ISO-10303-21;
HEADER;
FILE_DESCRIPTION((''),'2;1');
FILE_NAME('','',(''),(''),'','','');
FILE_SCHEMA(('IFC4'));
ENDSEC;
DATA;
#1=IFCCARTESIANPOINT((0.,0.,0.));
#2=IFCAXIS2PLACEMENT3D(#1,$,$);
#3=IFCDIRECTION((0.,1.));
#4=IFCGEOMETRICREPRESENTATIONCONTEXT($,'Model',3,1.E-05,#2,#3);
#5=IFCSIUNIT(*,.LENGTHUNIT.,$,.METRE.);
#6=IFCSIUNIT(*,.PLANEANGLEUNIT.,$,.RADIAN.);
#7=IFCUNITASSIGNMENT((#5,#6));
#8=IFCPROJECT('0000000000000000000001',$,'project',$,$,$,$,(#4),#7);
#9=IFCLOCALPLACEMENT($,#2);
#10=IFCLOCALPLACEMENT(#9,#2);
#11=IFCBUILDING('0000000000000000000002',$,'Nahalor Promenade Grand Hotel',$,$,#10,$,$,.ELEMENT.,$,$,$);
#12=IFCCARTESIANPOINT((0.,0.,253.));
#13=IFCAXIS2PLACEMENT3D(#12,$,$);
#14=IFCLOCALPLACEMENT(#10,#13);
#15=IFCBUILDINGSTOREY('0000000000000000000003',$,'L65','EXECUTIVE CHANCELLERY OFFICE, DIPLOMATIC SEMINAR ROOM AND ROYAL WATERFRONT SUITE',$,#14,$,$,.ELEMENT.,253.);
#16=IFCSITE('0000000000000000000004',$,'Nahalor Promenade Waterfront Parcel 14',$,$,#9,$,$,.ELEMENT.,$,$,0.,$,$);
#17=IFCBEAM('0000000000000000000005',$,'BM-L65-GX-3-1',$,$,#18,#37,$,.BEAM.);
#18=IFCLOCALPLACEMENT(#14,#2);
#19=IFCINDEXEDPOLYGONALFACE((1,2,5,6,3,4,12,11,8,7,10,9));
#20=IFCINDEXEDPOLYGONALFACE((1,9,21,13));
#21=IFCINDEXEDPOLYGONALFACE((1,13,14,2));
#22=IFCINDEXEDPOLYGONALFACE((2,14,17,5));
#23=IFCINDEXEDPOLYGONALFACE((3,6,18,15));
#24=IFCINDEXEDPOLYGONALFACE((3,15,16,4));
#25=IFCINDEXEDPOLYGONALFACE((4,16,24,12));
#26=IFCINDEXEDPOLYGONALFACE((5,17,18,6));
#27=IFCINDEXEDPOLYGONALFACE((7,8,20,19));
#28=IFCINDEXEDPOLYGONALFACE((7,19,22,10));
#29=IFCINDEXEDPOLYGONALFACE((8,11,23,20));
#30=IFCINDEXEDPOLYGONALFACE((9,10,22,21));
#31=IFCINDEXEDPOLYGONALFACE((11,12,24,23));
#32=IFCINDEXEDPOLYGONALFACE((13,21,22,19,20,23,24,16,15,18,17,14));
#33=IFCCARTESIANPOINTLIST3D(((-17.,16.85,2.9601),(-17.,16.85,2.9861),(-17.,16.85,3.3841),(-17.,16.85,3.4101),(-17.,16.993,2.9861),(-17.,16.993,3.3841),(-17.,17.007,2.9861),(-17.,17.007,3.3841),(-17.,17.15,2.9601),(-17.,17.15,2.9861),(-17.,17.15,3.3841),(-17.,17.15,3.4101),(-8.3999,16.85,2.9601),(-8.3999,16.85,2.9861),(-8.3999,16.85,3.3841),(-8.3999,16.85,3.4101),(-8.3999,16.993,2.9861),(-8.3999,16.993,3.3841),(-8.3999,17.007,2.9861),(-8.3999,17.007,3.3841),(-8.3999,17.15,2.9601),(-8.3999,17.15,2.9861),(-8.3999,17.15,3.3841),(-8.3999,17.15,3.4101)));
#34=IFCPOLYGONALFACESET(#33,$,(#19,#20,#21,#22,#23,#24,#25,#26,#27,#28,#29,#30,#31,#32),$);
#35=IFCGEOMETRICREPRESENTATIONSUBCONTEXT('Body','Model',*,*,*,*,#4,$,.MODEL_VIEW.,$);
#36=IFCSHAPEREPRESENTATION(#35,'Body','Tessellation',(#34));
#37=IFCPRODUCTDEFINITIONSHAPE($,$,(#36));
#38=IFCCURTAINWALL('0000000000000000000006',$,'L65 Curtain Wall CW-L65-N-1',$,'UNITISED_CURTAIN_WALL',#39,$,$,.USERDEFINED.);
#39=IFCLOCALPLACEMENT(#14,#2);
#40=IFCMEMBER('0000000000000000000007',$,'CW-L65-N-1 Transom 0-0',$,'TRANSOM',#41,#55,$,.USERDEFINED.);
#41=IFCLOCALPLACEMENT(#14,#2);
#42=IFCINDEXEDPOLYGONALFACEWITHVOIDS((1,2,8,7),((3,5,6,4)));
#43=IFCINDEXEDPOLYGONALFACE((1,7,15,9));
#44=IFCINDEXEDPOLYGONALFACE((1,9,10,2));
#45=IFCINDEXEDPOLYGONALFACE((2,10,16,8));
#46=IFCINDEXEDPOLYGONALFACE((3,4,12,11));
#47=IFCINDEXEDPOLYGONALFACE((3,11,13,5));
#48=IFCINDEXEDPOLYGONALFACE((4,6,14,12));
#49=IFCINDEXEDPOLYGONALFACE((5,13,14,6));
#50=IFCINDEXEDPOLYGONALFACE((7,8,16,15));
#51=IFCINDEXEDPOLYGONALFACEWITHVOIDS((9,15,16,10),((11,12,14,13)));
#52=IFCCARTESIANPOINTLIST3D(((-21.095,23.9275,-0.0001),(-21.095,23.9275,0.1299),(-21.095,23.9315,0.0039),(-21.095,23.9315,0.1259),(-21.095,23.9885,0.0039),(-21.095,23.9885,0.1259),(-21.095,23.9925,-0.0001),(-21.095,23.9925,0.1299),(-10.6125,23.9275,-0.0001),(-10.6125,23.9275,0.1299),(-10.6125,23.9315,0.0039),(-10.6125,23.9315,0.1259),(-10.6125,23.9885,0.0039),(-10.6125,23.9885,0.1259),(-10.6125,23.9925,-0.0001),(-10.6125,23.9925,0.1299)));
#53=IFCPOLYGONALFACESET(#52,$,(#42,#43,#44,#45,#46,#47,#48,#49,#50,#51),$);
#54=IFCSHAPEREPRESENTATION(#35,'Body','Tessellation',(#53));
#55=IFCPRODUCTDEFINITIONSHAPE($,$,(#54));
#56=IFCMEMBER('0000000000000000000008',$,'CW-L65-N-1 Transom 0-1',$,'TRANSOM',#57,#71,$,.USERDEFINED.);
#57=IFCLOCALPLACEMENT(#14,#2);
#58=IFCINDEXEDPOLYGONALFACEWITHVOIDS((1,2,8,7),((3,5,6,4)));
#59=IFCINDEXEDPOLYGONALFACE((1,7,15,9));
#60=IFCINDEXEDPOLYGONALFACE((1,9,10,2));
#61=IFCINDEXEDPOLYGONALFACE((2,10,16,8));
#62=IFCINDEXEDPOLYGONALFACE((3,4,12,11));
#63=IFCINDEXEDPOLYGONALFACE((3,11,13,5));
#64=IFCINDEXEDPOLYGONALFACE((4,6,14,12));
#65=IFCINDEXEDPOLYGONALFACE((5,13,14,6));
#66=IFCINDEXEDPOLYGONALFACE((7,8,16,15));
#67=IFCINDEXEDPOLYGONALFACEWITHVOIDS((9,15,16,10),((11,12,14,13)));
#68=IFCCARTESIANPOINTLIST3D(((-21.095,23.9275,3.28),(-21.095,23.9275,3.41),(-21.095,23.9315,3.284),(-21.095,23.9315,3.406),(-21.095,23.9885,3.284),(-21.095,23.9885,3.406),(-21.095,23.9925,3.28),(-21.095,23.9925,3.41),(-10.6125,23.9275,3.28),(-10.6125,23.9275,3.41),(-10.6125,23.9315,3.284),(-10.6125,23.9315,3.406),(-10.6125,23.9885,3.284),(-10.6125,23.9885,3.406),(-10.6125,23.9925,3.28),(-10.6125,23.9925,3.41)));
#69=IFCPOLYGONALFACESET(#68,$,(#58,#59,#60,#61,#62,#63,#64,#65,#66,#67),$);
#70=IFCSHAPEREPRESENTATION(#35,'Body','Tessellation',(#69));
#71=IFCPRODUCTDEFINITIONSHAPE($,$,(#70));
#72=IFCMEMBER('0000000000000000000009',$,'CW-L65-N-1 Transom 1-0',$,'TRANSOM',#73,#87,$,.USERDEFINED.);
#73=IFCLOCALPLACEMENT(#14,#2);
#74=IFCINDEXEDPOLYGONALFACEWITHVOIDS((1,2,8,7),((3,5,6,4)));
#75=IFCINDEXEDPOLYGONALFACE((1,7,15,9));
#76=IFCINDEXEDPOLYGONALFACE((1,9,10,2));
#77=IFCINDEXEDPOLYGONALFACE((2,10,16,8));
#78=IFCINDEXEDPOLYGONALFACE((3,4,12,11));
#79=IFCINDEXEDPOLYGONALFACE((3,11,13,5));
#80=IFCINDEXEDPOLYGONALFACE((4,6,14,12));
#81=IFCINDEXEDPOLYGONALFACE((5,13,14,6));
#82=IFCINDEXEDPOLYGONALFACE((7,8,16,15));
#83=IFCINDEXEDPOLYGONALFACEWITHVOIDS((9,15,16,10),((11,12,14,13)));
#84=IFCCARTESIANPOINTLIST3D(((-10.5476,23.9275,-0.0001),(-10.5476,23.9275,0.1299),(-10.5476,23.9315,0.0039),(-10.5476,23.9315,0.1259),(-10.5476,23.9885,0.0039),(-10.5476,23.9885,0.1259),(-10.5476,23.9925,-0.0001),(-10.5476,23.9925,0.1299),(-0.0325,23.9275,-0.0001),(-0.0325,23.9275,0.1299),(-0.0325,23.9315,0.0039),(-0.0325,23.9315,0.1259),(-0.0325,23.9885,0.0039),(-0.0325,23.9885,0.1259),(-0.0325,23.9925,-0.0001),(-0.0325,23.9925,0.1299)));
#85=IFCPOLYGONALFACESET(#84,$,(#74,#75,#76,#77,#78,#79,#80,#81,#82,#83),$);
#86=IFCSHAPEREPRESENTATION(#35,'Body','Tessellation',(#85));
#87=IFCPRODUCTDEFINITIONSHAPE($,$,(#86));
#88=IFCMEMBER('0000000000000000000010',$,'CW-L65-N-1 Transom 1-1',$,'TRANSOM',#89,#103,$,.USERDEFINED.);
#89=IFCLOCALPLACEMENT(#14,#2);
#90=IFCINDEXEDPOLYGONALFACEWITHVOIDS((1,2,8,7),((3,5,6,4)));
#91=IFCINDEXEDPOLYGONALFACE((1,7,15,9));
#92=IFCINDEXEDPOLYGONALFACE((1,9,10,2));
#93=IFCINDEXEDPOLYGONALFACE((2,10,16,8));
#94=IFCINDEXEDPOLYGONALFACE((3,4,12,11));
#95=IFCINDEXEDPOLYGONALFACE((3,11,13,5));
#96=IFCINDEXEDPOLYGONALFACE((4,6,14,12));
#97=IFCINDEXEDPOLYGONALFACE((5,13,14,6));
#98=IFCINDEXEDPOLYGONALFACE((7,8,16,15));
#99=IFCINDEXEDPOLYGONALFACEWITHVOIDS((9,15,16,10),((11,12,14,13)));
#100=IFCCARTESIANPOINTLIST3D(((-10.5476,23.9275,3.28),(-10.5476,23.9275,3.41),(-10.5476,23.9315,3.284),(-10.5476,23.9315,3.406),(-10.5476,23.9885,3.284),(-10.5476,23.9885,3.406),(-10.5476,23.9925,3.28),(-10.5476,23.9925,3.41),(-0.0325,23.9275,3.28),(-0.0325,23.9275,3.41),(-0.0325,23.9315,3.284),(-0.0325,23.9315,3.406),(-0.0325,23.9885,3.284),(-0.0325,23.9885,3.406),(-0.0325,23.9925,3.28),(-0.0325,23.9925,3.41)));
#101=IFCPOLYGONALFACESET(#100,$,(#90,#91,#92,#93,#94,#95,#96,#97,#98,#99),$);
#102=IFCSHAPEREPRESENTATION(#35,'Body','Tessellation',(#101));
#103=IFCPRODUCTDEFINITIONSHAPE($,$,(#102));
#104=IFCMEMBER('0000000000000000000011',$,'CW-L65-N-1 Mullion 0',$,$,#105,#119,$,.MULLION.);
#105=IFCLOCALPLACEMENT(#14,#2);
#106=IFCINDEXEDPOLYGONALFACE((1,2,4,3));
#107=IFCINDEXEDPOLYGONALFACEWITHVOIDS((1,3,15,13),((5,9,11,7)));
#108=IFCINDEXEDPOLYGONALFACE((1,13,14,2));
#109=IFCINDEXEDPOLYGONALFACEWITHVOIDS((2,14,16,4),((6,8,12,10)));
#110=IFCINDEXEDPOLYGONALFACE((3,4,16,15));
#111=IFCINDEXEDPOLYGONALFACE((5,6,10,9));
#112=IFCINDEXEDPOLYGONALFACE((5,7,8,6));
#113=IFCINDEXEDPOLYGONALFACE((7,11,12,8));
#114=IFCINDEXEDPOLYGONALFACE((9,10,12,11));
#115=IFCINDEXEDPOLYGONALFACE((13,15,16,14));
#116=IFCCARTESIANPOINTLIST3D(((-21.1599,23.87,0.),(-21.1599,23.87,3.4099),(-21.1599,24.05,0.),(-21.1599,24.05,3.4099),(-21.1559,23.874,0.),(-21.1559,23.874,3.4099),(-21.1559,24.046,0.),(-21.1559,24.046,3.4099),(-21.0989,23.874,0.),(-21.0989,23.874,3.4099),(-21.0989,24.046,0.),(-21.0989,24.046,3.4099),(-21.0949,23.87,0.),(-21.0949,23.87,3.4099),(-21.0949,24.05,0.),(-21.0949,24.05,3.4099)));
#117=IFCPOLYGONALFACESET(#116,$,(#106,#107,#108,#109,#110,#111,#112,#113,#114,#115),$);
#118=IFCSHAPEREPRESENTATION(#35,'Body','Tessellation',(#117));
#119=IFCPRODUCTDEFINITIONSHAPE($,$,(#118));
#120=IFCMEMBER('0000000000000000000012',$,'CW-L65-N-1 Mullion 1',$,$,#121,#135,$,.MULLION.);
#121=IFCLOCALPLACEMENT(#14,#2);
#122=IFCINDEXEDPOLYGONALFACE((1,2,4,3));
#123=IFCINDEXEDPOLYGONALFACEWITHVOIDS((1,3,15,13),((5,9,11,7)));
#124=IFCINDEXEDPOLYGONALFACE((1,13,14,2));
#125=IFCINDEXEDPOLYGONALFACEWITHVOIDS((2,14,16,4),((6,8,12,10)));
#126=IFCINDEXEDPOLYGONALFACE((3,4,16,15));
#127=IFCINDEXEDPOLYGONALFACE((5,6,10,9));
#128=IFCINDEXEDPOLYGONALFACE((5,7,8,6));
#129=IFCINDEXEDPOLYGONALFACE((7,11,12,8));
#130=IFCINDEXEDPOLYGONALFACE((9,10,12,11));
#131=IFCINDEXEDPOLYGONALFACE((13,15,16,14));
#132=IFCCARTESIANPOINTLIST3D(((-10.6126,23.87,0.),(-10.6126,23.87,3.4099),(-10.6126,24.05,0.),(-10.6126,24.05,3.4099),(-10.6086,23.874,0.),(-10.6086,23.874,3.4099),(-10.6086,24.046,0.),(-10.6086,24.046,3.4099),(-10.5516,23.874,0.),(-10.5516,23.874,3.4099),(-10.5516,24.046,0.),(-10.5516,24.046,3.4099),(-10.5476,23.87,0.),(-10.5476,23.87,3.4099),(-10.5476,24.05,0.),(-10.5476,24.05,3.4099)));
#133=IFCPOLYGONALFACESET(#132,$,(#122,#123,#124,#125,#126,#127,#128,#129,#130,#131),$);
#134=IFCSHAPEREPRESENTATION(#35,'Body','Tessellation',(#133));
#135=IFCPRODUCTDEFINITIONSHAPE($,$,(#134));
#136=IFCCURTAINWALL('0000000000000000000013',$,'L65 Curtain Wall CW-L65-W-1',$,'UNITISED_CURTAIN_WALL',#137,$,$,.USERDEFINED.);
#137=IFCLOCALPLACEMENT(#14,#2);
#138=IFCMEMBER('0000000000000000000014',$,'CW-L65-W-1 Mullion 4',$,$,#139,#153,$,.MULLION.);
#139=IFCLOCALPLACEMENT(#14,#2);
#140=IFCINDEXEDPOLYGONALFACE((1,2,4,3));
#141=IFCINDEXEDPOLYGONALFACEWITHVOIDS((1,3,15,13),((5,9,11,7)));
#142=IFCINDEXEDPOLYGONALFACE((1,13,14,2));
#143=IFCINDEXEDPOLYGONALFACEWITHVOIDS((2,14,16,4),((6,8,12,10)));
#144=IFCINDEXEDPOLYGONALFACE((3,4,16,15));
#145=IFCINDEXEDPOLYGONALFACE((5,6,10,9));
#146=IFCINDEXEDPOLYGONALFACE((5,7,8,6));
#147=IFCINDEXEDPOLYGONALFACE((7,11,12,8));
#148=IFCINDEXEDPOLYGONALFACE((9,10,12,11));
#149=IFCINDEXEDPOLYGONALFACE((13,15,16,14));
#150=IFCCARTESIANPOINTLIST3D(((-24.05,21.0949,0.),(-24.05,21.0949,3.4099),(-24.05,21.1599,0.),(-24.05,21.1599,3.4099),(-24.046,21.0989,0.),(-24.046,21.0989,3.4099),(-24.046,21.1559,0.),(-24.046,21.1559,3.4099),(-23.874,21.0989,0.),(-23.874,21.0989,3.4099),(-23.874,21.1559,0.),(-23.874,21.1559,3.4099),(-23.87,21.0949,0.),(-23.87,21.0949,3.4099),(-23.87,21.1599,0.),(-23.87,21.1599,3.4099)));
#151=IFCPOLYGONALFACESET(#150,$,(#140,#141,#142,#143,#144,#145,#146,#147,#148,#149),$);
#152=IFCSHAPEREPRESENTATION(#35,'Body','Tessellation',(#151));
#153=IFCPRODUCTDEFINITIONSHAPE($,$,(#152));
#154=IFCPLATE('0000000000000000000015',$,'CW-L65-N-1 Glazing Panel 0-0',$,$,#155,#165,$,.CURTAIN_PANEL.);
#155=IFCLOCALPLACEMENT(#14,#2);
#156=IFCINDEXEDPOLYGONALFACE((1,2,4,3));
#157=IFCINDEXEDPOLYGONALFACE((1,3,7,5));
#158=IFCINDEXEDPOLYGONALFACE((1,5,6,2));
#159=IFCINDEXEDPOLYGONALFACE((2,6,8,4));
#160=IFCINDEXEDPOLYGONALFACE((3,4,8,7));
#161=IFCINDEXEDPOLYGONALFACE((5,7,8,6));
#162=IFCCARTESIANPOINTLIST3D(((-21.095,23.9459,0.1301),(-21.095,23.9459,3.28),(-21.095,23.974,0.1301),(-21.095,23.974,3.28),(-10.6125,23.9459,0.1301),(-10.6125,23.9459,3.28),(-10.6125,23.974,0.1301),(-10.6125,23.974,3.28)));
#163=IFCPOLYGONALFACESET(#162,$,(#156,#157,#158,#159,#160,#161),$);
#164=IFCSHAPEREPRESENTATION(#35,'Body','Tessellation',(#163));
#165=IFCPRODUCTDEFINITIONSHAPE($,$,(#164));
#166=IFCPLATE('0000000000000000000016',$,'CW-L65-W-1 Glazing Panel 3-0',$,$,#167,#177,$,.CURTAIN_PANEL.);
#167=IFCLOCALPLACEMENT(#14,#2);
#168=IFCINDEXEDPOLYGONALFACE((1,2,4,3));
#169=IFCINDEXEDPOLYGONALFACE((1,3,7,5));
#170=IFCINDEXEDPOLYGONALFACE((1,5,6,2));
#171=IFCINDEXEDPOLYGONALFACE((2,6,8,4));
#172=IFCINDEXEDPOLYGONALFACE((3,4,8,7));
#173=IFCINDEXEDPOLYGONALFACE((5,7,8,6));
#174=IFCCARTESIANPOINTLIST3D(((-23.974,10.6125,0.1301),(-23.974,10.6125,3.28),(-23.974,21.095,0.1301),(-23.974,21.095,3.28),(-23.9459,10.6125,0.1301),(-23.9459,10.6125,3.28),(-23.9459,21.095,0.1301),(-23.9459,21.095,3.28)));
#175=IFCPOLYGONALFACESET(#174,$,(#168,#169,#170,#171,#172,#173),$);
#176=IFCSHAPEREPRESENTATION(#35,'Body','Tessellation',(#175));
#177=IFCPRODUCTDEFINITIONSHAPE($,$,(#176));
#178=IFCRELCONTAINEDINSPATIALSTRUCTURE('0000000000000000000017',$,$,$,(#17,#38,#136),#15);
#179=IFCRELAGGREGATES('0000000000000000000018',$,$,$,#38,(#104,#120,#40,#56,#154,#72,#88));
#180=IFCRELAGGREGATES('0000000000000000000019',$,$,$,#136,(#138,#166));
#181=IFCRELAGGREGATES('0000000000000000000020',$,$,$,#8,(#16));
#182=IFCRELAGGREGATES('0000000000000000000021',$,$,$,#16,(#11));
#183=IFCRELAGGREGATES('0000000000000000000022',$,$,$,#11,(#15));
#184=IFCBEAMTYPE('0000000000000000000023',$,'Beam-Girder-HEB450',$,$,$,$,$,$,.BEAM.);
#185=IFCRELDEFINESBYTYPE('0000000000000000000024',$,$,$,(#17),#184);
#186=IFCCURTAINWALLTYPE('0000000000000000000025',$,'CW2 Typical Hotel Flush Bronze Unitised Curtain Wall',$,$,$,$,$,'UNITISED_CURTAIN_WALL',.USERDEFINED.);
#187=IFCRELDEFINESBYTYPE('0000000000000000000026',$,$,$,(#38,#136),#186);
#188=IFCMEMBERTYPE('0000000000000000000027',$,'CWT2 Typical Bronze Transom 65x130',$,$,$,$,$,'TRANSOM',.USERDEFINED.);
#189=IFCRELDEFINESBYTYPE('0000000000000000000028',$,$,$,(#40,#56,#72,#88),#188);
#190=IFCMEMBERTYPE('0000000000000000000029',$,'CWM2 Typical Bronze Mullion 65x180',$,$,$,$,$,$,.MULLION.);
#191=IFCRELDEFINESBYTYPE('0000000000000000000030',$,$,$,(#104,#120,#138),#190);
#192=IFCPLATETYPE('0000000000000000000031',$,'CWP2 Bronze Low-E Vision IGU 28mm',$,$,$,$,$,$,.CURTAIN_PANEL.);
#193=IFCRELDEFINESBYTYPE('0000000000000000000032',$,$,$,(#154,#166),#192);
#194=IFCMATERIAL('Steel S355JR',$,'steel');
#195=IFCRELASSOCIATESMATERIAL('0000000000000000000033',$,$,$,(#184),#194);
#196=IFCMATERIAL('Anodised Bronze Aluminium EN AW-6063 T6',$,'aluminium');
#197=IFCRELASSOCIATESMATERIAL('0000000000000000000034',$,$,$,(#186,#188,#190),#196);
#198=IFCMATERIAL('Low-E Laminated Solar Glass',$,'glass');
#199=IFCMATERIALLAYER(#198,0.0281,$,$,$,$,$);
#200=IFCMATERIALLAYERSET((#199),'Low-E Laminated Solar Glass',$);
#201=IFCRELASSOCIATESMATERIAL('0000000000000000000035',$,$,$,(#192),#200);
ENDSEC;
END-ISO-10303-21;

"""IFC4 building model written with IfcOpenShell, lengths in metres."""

from ifc_helpers import new_model, si_unit, direction, frame, origin, origin_2d, place, context, subcontext, project, spatial, rectangle, hollow_rectangle, i_section, extrude, source, transform, mapped, material, layer, layer_set, material_profile, profile_set, type_object, element, aggregate, save


model = new_model("IFC4")

# Units and contexts
model_context = context("Model", 3, precision=1e-05, world=origin(), true_north=direction((0.0, 1.0)))
body_context = subcontext(model_context, "Body", "Model", "MODEL_VIEW")
ifc_project = project(units=[si_unit("LENGTHUNIT", "METRE"), si_unit("PLANEANGLEUNIT", "RADIAN")], contexts=[model_context])

# Site, building, storey
site_placement = place(None, origin())
site = spatial("IfcSite", under=ifc_project, at=site_placement, Name="Nahalor Promenade Waterfront Parcel 14", CompositionType="ELEMENT", RefElevation=0.0)
building_placement = place(site_placement, origin())
building = spatial("IfcBuilding", under=site, at=building_placement, Name="Nahalor Promenade Grand Hotel", CompositionType="ELEMENT")
storey_placement = place(building_placement, frame((0.0, 0.0, 253.0)))
storey = spatial("IfcBuildingStorey", under=building, at=storey_placement, Name="L65", Description="EXECUTIVE CHANCELLERY OFFICE, DIPLOMATIC SEMINAR ROOM AND ROYAL WATERFRONT SUITE", CompositionType="ELEMENT", Elevation=253.0)

# Shared definitions
ifc_material_1 = material(Name="Steel S355JR", Category="steel")

# Beam
ifc_material_profile_1 = material_profile(ifc_material_1, i_section(OverallWidth=0.3, OverallDepth=0.45, WebThickness=0.014, FlangeThickness=0.026, at=origin_2d()), Name="HEB 450")
ifc_profile_set_1 = profile_set([ifc_material_profile_1], Name="Steel S355JR")
beam_type_1 = type_object("IfcBeamType", Name="Beam-Girder-HEB450", PredefinedType="BEAM", material=ifc_profile_set_1)
shared_shape_1 = source(origin(), body_context, "Body", "SweptSolid", [
    extrude(i_section(OverallWidth=0.3, OverallDepth=0.45, WebThickness=0.014, FlangeThickness=0.026, at=origin_2d()), origin(), (0.0, 0.0, 1.0), 8.6001),
])
beam_1_placement = place(storey_placement, frame((-17.0, 17.0, 3.1851), z_axis=(1.0, 0.0, 0.0), x_axis=(0.0, 1.0, 0.0)))
element("IfcBeam", 1, at=beam_1_placement, inside=storey, type_object=beam_type_1, Name="BM-L65-GX-3-1", PredefinedType="BEAM", context=body_context, shape_type="MappedRepresentation", body=[
    mapped(shared_shape_1, transform((0.0, 0.0, 0.0), scale=1.0)),
])

# Curtain wall, members
ifc_material_2 = material(Name="Anodised Bronze Aluminium EN AW-6063 T6", Category="aluminium")
curtain_wall_type = type_object("IfcCurtainWallType", Name="CW2 Typical Hotel Flush Bronze Unitised Curtain Wall", ElementType="UNITISED_CURTAIN_WALL", PredefinedType="USERDEFINED", material=ifc_material_2)
curtain_wall_1_placement = place(storey_placement, origin())
curtain_wall_1 = element("IfcCurtainWall", 2, at=curtain_wall_1_placement, inside=storey, type_object=curtain_wall_type, Name="L65 Curtain Wall CW-L65-N-1", ObjectType="UNITISED_CURTAIN_WALL", PredefinedType="USERDEFINED")
ifc_material_profile_2 = material_profile(ifc_material_2, hollow_rectangle(XDim=0.065, YDim=0.13, WallThickness=0.004, at=origin_2d()), Name="CWT 65x130x4")
ifc_profile_set_2 = profile_set([ifc_material_profile_2], Name="Anodised Bronze Aluminium EN AW-6063 T6")
member_type_1 = type_object("IfcMemberType", Name="CWT2 Typical Bronze Transom 65x130", ElementType="TRANSOM", PredefinedType="USERDEFINED", material=ifc_profile_set_2)
shared_shape_2 = source(origin(), body_context, "Body", "SweptSolid", [
    extrude(hollow_rectangle(XDim=0.065, YDim=0.13, WallThickness=0.004, at=origin_2d()), origin(), (0.0, 0.0, 1.0), 10.4824),
])
member_1_placement = place(storey_placement, frame((-21.095, 23.96, 0.0649), z_axis=(1.0, 0.0, 0.0), x_axis=(0.0, 1.0, 0.0)))
member_1 = element("IfcMember", 3, at=member_1_placement, type_object=member_type_1, Name="CW-L65-N-1 Transom 0-0", ObjectType="TRANSOM", PredefinedType="USERDEFINED", context=body_context, shape_type="MappedRepresentation", body=[
    mapped(shared_shape_2, transform((0.0, 0.0, 0.0), scale=1.0)),
])
member_2_placement = place(storey_placement, frame((-21.095, 23.96, 3.345), z_axis=(1.0, 0.0, 0.0), x_axis=(0.0, 1.0, 0.0)))
member_2 = element("IfcMember", 4, at=member_2_placement, type_object=member_type_1, Name="CW-L65-N-1 Transom 0-1", ObjectType="TRANSOM", PredefinedType="USERDEFINED", context=body_context, shape_type="MappedRepresentation", body=[
    mapped(shared_shape_2, transform((0.0, 0.0, 0.0), scale=1.0)),
])
shared_shape_3 = source(origin(), body_context, "Body", "SweptSolid", [
    extrude(hollow_rectangle(XDim=0.065, YDim=0.13, WallThickness=0.004, at=origin_2d()), origin(), (0.0, 0.0, 1.0), 10.5151),
])
member_3_placement = place(storey_placement, frame((-10.5476, 23.96, 0.0649), z_axis=(1.0, 0.0, 0.0), x_axis=(0.0, 1.0, 0.0)))
member_3 = element("IfcMember", 5, at=member_3_placement, type_object=member_type_1, Name="CW-L65-N-1 Transom 1-0", ObjectType="TRANSOM", PredefinedType="USERDEFINED", context=body_context, shape_type="MappedRepresentation", body=[
    mapped(shared_shape_3, transform((0.0, 0.0, 0.0), scale=1.0)),
])
member_4_placement = place(storey_placement, frame((-10.5476, 23.96, 3.345), z_axis=(1.0, 0.0, 0.0), x_axis=(0.0, 1.0, 0.0)))
member_4 = element("IfcMember", 6, at=member_4_placement, type_object=member_type_1, Name="CW-L65-N-1 Transom 1-1", ObjectType="TRANSOM", PredefinedType="USERDEFINED", context=body_context, shape_type="MappedRepresentation", body=[
    mapped(shared_shape_3, transform((0.0, 0.0, 0.0), scale=1.0)),
])
ifc_material_profile_3 = material_profile(ifc_material_2, hollow_rectangle(XDim=0.065, YDim=0.18, WallThickness=0.004, at=origin_2d()), Name="CWM 65x180x4")
ifc_profile_set_3 = profile_set([ifc_material_profile_3], Name="Anodised Bronze Aluminium EN AW-6063 T6")
member_type_2 = type_object("IfcMemberType", Name="CWM2 Typical Bronze Mullion 65x180", PredefinedType="MULLION", material=ifc_profile_set_3)
shared_shape_4 = source(origin(), body_context, "Body", "SweptSolid", [
    extrude(hollow_rectangle(XDim=0.065, YDim=0.18, WallThickness=0.004, at=origin_2d()), origin(), (0.0, 0.0, 1.0), 3.4099),
])
member_5_placement = place(storey_placement, frame((-21.1274, 23.96, 0.0), z_axis=(0.0, 0.0, 1.0), x_axis=(1.0, 0.0, 0.0)))
member_5 = element("IfcMember", 7, at=member_5_placement, type_object=member_type_2, Name="CW-L65-N-1 Mullion 0", PredefinedType="MULLION", context=body_context, shape_type="MappedRepresentation", body=[
    mapped(shared_shape_4, transform((0.0, 0.0, 0.0), scale=1.0)),
])
member_6_placement = place(storey_placement, frame((-10.5801, 23.96, 0.0), z_axis=(0.0, 0.0, 1.0), x_axis=(1.0, 0.0, 0.0)))
member_6 = element("IfcMember", 8, at=member_6_placement, type_object=member_type_2, Name="CW-L65-N-1 Mullion 1", PredefinedType="MULLION", context=body_context, shape_type="MappedRepresentation", body=[
    mapped(shared_shape_4, transform((0.0, 0.0, 0.0), scale=1.0)),
])

# Curtain wall, member
curtain_wall_2_placement = place(storey_placement, origin())
curtain_wall_2 = element("IfcCurtainWall", 9, at=curtain_wall_2_placement, inside=storey, type_object=curtain_wall_type, Name="L65 Curtain Wall CW-L65-W-1", ObjectType="UNITISED_CURTAIN_WALL", PredefinedType="USERDEFINED")
member_7_placement = place(storey_placement, frame((-23.96, 21.1274, 0.0), z_axis=(0.0, 0.0, 1.0), x_axis=(0.0, 1.0, 0.0)))
member_7 = element("IfcMember", 10, at=member_7_placement, type_object=member_type_2, Name="CW-L65-W-1 Mullion 4", PredefinedType="MULLION", context=body_context, shape_type="MappedRepresentation", body=[
    mapped(shared_shape_4, transform((0.0, 0.0, 0.0), scale=1.0)),
])

# Plates
ifc_material_3 = material(Name="Low-E Laminated Solar Glass", Category="glass")
ifc_layer_1 = layer(ifc_material_3, 0.0281)
ifc_layer_set_1 = layer_set([ifc_layer_1], Name="Low-E Laminated Solar Glass")
plate_type = type_object("IfcPlateType", Name="CWP2 Bronze Low-E Vision IGU 28mm", PredefinedType="CURTAIN_PANEL", material=ifc_layer_set_1)
shared_shape_5 = source(origin(), body_context, "Body", "SweptSolid", [
    extrude(rectangle(XDim=10.4824, YDim=0.0281, at=origin_2d()), origin(), (0.0, 0.0, 1.0), 3.1499),
])
plate_1_placement = place(storey_placement, frame((-15.8538, 23.96, 0.1301), z_axis=(0.0, 0.0, 1.0), x_axis=(1.0, 0.0, 0.0)))
plate_1 = element("IfcPlate", 11, at=plate_1_placement, type_object=plate_type, Name="CW-L65-N-1 Glazing Panel 0-0", PredefinedType="CURTAIN_PANEL", context=body_context, shape_type="MappedRepresentation", body=[
    mapped(shared_shape_5, transform((0.0, 0.0, 0.0), scale=1.0)),
])
aggregate(curtain_wall_1, [member_5, member_6, member_1, member_2, plate_1, member_3, member_4])
plate_2_placement = place(storey_placement, frame((-23.96, 15.8538, 0.1301), z_axis=(0.0, 0.0, 1.0), x_axis=(0.0, 1.0, 0.0)))
plate_2 = element("IfcPlate", 12, at=plate_2_placement, type_object=plate_type, Name="CW-L65-W-1 Glazing Panel 3-0", PredefinedType="CURTAIN_PANEL", context=body_context, shape_type="MappedRepresentation", body=[
    mapped(shared_shape_5, transform((0.0, 0.0, 0.0), scale=1.0)),
])
aggregate(curtain_wall_2, [member_7, plate_2])

save(model, "model.ifc")
